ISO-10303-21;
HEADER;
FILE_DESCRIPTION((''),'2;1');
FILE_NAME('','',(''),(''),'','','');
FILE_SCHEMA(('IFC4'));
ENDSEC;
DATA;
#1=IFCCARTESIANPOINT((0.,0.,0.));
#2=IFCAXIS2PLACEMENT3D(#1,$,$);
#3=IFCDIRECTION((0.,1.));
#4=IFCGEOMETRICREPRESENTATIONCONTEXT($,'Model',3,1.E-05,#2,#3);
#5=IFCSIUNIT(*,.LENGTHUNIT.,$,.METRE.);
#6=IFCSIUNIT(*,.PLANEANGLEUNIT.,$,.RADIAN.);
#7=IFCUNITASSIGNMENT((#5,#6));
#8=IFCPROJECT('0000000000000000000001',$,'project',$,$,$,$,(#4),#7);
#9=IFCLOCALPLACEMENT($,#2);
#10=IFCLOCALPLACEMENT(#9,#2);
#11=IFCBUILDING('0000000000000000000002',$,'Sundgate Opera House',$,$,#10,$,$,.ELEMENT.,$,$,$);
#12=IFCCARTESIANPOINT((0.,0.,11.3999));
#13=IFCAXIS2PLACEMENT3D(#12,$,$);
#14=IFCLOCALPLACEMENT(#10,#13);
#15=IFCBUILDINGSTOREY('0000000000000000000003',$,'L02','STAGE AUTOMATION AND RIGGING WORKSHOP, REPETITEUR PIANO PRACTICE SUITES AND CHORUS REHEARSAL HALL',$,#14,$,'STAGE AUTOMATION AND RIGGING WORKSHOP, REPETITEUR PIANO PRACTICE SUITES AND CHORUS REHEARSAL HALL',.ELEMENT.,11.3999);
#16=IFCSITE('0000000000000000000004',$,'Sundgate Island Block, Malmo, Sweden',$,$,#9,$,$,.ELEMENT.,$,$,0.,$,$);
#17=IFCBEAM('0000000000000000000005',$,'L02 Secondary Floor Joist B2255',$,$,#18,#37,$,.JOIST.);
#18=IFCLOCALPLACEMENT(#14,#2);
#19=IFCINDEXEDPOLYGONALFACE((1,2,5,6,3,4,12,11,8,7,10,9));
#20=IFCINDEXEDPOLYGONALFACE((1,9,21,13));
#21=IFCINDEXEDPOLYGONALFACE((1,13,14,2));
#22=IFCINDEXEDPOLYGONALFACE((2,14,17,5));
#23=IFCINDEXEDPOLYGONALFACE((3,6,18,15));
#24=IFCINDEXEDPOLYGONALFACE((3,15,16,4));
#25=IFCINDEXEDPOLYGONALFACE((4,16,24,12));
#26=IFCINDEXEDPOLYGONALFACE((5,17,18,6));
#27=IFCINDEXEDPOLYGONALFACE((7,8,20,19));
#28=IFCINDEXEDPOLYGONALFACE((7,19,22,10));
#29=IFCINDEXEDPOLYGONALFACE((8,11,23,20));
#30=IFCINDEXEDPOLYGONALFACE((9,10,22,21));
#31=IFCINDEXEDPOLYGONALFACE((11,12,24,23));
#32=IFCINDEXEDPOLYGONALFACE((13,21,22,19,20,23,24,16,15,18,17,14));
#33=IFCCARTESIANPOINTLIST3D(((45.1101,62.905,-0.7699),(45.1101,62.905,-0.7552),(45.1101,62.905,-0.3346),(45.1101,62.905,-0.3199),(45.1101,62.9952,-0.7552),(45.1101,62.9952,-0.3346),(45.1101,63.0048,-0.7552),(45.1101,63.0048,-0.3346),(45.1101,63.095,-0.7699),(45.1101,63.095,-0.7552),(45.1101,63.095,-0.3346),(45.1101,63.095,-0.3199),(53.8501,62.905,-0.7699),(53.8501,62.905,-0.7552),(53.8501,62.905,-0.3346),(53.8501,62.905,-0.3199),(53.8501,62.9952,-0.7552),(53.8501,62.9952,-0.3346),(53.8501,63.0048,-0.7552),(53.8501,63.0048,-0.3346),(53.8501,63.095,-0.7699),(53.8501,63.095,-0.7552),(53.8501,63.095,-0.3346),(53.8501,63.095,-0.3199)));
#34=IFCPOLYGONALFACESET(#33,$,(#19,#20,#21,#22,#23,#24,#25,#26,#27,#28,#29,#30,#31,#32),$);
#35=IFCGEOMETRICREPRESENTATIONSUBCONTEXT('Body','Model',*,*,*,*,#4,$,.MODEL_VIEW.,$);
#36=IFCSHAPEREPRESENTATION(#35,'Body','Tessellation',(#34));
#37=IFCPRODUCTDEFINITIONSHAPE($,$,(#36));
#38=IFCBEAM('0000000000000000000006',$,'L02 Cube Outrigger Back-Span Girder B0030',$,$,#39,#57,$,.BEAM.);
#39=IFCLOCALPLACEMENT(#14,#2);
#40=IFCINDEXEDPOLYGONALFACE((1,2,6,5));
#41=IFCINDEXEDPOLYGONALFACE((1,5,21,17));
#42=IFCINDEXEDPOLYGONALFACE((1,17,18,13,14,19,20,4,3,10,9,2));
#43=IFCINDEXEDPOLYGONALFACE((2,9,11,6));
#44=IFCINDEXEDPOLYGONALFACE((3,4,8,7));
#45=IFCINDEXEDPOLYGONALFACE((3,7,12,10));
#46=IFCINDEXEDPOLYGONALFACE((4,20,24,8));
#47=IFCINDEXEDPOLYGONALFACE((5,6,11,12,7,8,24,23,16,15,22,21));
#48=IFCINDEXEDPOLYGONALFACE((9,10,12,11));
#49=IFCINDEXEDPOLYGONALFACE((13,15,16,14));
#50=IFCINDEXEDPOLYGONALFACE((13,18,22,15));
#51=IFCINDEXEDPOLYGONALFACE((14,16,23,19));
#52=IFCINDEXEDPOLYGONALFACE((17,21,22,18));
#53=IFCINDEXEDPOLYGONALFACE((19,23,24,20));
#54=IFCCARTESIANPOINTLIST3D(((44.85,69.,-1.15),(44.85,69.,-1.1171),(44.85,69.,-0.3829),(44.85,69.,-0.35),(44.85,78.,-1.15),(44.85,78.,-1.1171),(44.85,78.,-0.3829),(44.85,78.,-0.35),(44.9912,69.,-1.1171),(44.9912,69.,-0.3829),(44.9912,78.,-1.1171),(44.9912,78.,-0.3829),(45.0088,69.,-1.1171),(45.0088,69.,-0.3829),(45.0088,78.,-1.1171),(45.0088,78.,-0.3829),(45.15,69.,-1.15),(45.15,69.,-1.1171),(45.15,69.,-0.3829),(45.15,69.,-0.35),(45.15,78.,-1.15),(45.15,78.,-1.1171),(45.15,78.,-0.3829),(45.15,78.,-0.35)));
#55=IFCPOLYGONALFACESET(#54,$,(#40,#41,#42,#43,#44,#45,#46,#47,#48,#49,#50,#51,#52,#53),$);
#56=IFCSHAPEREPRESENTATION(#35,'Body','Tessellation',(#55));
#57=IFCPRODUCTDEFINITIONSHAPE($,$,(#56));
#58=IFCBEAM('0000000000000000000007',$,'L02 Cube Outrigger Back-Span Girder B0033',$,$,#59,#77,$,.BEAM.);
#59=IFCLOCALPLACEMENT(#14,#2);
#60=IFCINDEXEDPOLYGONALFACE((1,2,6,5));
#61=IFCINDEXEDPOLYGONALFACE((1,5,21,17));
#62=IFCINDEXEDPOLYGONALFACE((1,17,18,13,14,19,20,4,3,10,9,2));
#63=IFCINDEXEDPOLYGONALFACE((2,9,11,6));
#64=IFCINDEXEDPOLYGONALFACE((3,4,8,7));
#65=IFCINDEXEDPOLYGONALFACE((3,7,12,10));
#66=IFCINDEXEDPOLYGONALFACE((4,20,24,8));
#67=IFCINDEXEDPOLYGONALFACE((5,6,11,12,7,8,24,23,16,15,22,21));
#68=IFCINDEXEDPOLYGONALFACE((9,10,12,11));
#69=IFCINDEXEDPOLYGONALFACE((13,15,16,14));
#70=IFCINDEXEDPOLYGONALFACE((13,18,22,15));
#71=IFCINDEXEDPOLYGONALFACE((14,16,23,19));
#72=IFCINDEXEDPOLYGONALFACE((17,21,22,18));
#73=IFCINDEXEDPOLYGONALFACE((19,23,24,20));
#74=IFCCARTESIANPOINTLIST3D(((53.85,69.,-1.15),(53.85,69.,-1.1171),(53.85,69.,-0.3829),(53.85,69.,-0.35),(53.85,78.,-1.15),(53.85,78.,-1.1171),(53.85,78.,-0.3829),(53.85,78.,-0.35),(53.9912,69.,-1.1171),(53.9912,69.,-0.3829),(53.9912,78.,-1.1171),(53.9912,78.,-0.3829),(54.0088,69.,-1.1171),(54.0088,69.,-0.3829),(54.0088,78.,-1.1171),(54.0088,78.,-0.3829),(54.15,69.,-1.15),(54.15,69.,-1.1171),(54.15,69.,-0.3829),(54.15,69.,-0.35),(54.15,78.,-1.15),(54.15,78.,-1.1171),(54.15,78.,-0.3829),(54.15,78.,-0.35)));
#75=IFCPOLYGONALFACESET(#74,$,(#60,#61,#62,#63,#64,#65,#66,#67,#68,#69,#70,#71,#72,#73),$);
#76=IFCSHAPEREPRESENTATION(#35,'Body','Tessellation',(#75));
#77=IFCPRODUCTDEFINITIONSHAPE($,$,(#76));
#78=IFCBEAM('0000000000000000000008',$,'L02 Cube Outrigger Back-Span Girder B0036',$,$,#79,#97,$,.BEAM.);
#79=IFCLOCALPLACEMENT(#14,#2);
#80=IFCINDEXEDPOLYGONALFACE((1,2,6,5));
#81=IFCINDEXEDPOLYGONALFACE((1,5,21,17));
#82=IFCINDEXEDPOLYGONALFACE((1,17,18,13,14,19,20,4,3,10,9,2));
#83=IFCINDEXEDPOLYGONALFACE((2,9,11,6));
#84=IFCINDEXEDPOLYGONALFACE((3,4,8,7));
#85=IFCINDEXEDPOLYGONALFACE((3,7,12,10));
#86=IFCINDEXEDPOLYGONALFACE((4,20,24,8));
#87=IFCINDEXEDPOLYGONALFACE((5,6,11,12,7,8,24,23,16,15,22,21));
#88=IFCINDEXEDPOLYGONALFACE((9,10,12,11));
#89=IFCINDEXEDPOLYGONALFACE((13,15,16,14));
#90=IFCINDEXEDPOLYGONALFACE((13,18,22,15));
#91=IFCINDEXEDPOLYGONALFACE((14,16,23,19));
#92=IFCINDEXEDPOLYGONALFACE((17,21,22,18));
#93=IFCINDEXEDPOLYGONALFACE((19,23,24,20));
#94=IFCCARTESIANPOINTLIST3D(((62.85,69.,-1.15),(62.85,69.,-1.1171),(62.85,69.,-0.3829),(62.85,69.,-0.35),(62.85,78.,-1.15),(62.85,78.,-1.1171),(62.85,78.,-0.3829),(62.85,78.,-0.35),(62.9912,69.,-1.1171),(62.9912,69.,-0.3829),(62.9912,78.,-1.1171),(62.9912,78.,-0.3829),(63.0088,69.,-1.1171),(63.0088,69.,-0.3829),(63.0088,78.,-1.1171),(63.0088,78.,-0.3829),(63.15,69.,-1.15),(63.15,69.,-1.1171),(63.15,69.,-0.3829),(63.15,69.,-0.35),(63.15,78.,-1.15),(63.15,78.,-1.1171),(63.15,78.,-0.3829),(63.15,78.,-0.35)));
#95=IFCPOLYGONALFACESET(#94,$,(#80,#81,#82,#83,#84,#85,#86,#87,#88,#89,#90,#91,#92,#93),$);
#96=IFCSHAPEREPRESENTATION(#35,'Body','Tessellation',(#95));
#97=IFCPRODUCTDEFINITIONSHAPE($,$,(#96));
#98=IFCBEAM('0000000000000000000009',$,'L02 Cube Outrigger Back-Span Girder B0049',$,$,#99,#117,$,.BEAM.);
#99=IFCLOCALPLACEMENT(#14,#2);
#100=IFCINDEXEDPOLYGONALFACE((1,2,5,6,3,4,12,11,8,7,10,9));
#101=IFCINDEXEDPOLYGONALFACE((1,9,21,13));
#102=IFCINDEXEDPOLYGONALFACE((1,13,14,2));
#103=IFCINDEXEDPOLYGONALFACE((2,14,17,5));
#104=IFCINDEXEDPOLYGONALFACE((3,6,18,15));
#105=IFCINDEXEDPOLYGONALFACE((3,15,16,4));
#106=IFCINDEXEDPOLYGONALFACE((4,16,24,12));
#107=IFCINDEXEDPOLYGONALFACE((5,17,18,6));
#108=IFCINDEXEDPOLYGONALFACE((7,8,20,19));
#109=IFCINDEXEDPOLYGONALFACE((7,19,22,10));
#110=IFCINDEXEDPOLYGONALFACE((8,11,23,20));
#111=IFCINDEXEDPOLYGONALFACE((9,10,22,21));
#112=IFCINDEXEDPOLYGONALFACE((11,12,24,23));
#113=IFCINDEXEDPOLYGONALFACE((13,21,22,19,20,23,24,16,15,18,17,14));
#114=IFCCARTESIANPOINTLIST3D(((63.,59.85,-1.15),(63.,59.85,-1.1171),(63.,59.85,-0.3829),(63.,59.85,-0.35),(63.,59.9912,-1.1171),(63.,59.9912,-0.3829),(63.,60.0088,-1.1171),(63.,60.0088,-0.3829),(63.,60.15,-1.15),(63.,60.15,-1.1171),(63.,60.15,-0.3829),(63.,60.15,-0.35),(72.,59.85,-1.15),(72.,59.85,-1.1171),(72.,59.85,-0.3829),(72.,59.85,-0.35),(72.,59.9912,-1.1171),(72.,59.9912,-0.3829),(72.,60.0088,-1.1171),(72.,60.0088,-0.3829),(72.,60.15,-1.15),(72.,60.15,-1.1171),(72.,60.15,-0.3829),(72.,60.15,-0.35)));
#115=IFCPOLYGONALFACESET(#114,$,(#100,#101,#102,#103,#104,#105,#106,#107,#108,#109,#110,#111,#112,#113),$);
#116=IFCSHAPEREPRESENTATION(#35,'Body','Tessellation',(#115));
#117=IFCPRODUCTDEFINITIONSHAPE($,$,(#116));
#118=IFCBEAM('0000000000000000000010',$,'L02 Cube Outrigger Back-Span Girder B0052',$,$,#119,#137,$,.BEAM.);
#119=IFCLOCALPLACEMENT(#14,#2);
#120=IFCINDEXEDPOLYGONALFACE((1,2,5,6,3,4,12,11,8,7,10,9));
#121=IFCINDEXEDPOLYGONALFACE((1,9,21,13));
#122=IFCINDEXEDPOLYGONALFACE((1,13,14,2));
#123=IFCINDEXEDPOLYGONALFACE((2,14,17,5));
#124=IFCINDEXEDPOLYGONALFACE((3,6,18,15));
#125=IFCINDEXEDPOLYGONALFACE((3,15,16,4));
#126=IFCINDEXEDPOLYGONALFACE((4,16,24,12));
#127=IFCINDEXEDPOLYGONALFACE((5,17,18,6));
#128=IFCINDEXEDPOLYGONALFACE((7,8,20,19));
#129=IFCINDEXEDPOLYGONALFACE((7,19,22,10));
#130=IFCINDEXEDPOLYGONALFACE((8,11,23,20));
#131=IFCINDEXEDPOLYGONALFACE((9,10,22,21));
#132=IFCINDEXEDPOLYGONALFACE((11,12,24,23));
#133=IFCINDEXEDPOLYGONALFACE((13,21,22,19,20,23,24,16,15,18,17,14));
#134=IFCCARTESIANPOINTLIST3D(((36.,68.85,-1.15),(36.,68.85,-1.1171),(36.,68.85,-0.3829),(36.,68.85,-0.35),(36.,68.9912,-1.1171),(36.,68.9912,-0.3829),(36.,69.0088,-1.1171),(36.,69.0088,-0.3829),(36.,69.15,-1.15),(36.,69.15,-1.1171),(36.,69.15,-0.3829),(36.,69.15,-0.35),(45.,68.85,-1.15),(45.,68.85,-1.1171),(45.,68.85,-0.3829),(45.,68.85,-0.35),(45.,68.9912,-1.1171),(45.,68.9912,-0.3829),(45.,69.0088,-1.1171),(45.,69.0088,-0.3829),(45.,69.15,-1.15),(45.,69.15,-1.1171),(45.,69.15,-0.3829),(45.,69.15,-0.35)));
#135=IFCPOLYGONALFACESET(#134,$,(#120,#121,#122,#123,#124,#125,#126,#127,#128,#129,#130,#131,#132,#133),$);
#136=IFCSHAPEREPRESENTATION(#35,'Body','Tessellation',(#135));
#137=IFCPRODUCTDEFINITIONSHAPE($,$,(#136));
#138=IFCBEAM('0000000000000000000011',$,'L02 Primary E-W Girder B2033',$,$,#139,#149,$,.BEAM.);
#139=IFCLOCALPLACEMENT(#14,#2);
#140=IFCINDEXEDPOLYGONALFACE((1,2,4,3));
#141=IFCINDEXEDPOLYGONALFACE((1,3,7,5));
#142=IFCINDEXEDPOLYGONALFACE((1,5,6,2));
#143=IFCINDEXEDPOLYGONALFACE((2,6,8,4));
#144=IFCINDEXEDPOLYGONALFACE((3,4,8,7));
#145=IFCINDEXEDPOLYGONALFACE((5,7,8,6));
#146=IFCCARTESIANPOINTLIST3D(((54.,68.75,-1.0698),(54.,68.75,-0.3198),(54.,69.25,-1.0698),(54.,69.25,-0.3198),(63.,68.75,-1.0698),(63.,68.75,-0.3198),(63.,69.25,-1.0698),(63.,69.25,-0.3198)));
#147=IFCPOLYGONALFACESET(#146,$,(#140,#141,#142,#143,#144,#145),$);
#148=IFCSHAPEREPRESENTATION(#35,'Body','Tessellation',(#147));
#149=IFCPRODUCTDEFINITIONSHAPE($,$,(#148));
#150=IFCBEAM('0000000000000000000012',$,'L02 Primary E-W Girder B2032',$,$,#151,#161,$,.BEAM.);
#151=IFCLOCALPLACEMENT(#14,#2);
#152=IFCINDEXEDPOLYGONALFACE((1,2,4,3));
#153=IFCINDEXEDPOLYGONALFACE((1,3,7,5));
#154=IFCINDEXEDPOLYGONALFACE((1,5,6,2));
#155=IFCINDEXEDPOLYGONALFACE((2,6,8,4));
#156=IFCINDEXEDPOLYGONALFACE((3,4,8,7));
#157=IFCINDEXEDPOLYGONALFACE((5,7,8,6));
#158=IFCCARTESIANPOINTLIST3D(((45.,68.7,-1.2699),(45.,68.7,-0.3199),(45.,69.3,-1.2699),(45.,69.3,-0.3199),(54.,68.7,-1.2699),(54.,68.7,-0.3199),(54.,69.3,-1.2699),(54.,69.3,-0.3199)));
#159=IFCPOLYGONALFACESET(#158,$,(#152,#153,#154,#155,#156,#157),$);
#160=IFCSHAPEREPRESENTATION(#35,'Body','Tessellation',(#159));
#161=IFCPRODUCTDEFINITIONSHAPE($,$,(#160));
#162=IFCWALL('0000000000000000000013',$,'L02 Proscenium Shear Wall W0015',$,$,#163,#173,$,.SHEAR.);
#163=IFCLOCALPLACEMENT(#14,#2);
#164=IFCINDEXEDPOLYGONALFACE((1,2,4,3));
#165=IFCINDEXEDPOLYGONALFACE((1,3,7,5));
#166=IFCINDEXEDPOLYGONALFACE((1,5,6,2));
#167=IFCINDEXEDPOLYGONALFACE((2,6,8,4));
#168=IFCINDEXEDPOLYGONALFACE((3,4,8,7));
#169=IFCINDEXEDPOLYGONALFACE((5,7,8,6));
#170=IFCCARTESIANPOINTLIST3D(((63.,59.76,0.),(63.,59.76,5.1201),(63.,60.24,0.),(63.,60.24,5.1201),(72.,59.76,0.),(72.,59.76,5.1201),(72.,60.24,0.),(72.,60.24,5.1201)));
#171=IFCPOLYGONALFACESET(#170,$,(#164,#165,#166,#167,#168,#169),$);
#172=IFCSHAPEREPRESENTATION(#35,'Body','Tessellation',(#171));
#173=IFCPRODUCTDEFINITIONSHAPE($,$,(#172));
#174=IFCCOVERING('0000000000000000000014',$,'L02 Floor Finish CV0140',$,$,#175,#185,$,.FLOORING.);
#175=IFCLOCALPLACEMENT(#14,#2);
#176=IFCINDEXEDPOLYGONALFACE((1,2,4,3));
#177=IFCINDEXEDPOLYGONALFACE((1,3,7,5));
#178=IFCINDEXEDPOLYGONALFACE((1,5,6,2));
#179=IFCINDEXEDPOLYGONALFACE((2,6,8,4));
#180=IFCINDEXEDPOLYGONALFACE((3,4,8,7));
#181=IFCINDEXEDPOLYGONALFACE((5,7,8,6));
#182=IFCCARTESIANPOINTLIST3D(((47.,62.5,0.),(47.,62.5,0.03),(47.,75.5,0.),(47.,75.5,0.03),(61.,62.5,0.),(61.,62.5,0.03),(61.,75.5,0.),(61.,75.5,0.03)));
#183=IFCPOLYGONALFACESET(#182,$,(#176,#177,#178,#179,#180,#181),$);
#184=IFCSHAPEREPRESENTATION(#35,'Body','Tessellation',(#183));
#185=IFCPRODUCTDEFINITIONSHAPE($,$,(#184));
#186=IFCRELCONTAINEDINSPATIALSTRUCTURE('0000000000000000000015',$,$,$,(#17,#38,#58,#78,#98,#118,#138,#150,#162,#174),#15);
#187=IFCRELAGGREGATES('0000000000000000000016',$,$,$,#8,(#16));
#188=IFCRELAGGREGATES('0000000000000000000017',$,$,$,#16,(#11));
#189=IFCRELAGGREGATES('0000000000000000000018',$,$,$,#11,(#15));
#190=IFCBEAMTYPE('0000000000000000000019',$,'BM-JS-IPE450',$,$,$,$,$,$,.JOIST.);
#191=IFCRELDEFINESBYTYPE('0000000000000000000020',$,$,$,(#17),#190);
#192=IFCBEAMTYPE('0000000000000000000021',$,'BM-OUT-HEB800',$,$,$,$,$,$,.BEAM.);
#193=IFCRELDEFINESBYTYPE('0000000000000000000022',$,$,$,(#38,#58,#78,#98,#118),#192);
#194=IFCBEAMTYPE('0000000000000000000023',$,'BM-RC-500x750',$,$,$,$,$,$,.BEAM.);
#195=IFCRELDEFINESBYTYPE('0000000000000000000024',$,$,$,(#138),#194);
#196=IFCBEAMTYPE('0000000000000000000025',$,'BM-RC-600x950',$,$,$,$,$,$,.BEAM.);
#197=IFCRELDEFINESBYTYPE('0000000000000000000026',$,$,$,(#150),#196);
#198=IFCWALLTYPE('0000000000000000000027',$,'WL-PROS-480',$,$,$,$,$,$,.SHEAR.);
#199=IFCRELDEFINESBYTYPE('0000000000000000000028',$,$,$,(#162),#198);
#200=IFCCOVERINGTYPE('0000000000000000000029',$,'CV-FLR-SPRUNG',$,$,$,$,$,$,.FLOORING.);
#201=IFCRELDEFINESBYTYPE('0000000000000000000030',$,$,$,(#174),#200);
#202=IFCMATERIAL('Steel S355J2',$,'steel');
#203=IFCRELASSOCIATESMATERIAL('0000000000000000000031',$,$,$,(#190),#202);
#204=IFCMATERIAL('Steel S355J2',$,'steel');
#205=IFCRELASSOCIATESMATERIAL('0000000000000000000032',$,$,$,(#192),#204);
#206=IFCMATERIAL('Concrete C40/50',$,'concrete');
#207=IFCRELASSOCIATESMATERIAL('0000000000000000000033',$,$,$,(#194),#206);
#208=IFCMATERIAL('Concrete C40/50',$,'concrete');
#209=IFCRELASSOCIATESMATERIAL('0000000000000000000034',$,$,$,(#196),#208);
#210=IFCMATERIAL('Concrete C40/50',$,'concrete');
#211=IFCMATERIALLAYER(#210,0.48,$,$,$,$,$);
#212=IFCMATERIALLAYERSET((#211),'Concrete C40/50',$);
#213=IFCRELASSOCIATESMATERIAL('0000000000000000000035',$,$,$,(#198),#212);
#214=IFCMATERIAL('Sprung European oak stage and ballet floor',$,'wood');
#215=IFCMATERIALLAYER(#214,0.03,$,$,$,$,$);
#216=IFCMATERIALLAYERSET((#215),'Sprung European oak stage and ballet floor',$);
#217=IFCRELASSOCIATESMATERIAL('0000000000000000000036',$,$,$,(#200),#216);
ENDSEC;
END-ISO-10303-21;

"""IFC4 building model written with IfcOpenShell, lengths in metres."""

from ifc_helpers import new_model, si_unit, direction, frame, frame_2d, origin, origin_2d, place, context, subcontext, project, spatial, rectangle, i_section, extrude, material, layer, layer_set, material_profile, profile_set, type_object, element, save


model = new_model("IFC4")

# Units and contexts
model_context = context("Model", 3, precision=1e-05, world=origin(), true_north=direction((0.0, 1.0)))
body_context = subcontext(model_context, "Body", "Model", "MODEL_VIEW")
ifc_project = project(units=[si_unit("LENGTHUNIT", "METRE"), si_unit("PLANEANGLEUNIT", "RADIAN")], contexts=[model_context])

# Site, building, storey
site_placement = place(None, origin())
site = spatial("IfcSite", under=ifc_project, at=site_placement, Name="Sundgate Island Block, Malmo, Sweden", CompositionType="ELEMENT", RefElevation=0.0)
building_placement = place(site_placement, origin())
building = spatial("IfcBuilding", under=site, at=building_placement, Name="Sundgate Opera House", CompositionType="ELEMENT")
storey_placement = place(building_placement, frame((0.0, 0.0, 11.3999)))
storey = spatial("IfcBuildingStorey", under=building, at=storey_placement, Name="L02", Description="STAGE AUTOMATION AND RIGGING WORKSHOP, REPETITEUR PIANO PRACTICE SUITES AND CHORUS REHEARSAL HALL", LongName="STAGE AUTOMATION AND RIGGING WORKSHOP, REPETITEUR PIANO PRACTICE SUITES AND CHORUS REHEARSAL HALL", CompositionType="ELEMENT", Elevation=11.3999)

# Beams
ifc_material_1 = material(Name="Steel S355J2", Category="steel")
ifc_material_profile_1 = material_profile(ifc_material_1, i_section(OverallWidth=0.1899, OverallDepth=0.45, WebThickness=0.0095, FlangeThickness=0.0146, at=origin_2d()), Name="IPE 450")
ifc_profile_set_1 = profile_set([ifc_material_profile_1], Name="Steel S355J2")
beam_type_1 = type_object("IfcBeamType", Name="BM-JS-IPE450", PredefinedType="JOIST", material=ifc_profile_set_1)
beam_1_placement = place(storey_placement, frame((45.1101, 63.0, -0.5449), z_axis=(1.0, 0.0, 0.0), x_axis=(0.0, 1.0, 0.0)))
element("IfcBeam", 1, at=beam_1_placement, inside=storey, type_object=beam_type_1, Name="L02 Secondary Floor Joist B2255", PredefinedType="JOIST", context=body_context, shape_type="SweptSolid", body=[
    extrude(i_section(OverallWidth=0.1899, OverallDepth=0.45, WebThickness=0.0095, FlangeThickness=0.0146, at=origin_2d()), origin(), (0.0, 0.0, 1.0), 8.74),
])
ifc_material_2 = material(Name="Steel S355J2", Category="steel")
ifc_material_profile_2 = material_profile(ifc_material_2, i_section(OverallWidth=0.3, OverallDepth=0.8, WebThickness=0.0176, FlangeThickness=0.033, at=origin_2d()), Name="HEB 800")
ifc_profile_set_2 = profile_set([ifc_material_profile_2], Name="Steel S355J2")
beam_type_2 = type_object("IfcBeamType", Name="BM-OUT-HEB800", PredefinedType="BEAM", material=ifc_profile_set_2)
for number, where, z_axis, x_axis, name in (
    (2, (45.0, 69.0, -0.75), (0.0, 1.0, 0.0), (-1.0, 0.0, 0.0), "L02 Cube Outrigger Back-Span Girder B0030"),
    (3, (54.0, 69.0, -0.75), (0.0, 1.0, 0.0), (-1.0, 0.0, 0.0), "L02 Cube Outrigger Back-Span Girder B0033"),
    (4, (63.0, 69.0, -0.75), (0.0, 1.0, 0.0), (-1.0, 0.0, 0.0), "L02 Cube Outrigger Back-Span Girder B0036"),
    (5, (63.0, 60.0, -0.75), (1.0, 0.0, 0.0), (0.0, 1.0, 0.0), "L02 Cube Outrigger Back-Span Girder B0049"),
    (6, (45.0, 69.0, -0.75), (-1.0, 0.0, 0.0), (0.0, -1.0, 0.0), "L02 Cube Outrigger Back-Span Girder B0052"),
):
    element("IfcBeam", number, at=place(storey_placement, frame(where, z_axis=z_axis, x_axis=x_axis)), inside=storey, type_object=beam_type_2, Name=name, PredefinedType="BEAM", context=body_context, shape_type="SweptSolid", body=[
        extrude(i_section(OverallWidth=0.3, OverallDepth=0.8, WebThickness=0.0176, FlangeThickness=0.033, at=origin_2d()), origin(), (0.0, 0.0, 1.0), 9.0),
    ])
ifc_material_3 = material(Name="Concrete C40/50", Category="concrete")
ifc_material_profile_3 = material_profile(ifc_material_3, rectangle(XDim=0.5, YDim=0.75, at=origin_2d()), Name="RC 500x750")
ifc_profile_set_3 = profile_set([ifc_material_profile_3], Name="Concrete C40/50")
beam_type_3 = type_object("IfcBeamType", Name="BM-RC-500x750", PredefinedType="BEAM", material=ifc_profile_set_3)
beam_2_placement = place(storey_placement, frame((54.0, 69.0, -0.6948), z_axis=(1.0, 0.0, 0.0), x_axis=(0.0, 1.0, 0.0)))
element("IfcBeam", 7, at=beam_2_placement, inside=storey, type_object=beam_type_3, Name="L02 Primary E-W Girder B2033", PredefinedType="BEAM", context=body_context, shape_type="SweptSolid", body=[
    extrude(rectangle(XDim=0.5, YDim=0.75, at=origin_2d()), origin(), (0.0, 0.0, 1.0), 9.0),
])
ifc_material_4 = material(Name="Concrete C40/50", Category="concrete")
ifc_material_profile_4 = material_profile(ifc_material_4, rectangle(XDim=0.6001, YDim=0.95, at=origin_2d()), Name="RC 600x950")
ifc_profile_set_4 = profile_set([ifc_material_profile_4], Name="Concrete C40/50")
beam_type_4 = type_object("IfcBeamType", Name="BM-RC-600x950", PredefinedType="BEAM", material=ifc_profile_set_4)
beam_3_placement = place(storey_placement, frame((45.0, 69.0, -0.7949), z_axis=(1.0, 0.0, 0.0), x_axis=(0.0, 1.0, 0.0)))
element("IfcBeam", 8, at=beam_3_placement, inside=storey, type_object=beam_type_4, Name="L02 Primary E-W Girder B2032", PredefinedType="BEAM", context=body_context, shape_type="SweptSolid", body=[
    extrude(rectangle(XDim=0.6001, YDim=0.95, at=origin_2d()), origin(), (0.0, 0.0, 1.0), 9.0),
])

# Wall
ifc_material_5 = material(Name="Concrete C40/50", Category="concrete")
ifc_layer_1 = layer(ifc_material_5, 0.48)
ifc_layer_set_1 = layer_set([ifc_layer_1], Name="Concrete C40/50")
wall_type = type_object("IfcWallType", Name="WL-PROS-480", PredefinedType="SHEAR", material=ifc_layer_set_1)
wall_placement = place(storey_placement, frame((63.0, 60.0, 0.0), z_axis=(0.0, 0.0, 1.0), x_axis=(1.0, 0.0, 0.0)))
element("IfcWall", 9, at=wall_placement, inside=storey, type_object=wall_type, Name="L02 Proscenium Shear Wall W0015", PredefinedType="SHEAR", context=body_context, shape_type="SweptSolid", body=[
    extrude(rectangle(XDim=9.0, YDim=0.48, at=frame_2d((4.5, 0.0))), origin(), (0.0, 0.0, 1.0), 5.1201),
])

# Covering
ifc_material_6 = material(Name="Sprung European oak stage and ballet floor", Category="wood")
ifc_layer_2 = layer(ifc_material_6, 0.03)
ifc_layer_set_2 = layer_set([ifc_layer_2], Name="Sprung European oak stage and ballet floor")
covering_type = type_object("IfcCoveringType", Name="CV-FLR-SPRUNG", PredefinedType="FLOORING", material=ifc_layer_set_2)
covering_placement = place(storey_placement, frame((54.0, 69.0, 0.0), z_axis=(0.0, 0.0, 1.0), x_axis=(1.0, 0.0, 0.0)))
element("IfcCovering", 10, at=covering_placement, inside=storey, type_object=covering_type, Name="L02 Floor Finish CV0140", PredefinedType="FLOORING", context=body_context, shape_type="SweptSolid", body=[
    extrude(rectangle(XDim=14.0, YDim=13.0, at=origin_2d()), origin(), (0.0, 0.0, 1.0), 0.03),
])

save(model, "model.ifc")
